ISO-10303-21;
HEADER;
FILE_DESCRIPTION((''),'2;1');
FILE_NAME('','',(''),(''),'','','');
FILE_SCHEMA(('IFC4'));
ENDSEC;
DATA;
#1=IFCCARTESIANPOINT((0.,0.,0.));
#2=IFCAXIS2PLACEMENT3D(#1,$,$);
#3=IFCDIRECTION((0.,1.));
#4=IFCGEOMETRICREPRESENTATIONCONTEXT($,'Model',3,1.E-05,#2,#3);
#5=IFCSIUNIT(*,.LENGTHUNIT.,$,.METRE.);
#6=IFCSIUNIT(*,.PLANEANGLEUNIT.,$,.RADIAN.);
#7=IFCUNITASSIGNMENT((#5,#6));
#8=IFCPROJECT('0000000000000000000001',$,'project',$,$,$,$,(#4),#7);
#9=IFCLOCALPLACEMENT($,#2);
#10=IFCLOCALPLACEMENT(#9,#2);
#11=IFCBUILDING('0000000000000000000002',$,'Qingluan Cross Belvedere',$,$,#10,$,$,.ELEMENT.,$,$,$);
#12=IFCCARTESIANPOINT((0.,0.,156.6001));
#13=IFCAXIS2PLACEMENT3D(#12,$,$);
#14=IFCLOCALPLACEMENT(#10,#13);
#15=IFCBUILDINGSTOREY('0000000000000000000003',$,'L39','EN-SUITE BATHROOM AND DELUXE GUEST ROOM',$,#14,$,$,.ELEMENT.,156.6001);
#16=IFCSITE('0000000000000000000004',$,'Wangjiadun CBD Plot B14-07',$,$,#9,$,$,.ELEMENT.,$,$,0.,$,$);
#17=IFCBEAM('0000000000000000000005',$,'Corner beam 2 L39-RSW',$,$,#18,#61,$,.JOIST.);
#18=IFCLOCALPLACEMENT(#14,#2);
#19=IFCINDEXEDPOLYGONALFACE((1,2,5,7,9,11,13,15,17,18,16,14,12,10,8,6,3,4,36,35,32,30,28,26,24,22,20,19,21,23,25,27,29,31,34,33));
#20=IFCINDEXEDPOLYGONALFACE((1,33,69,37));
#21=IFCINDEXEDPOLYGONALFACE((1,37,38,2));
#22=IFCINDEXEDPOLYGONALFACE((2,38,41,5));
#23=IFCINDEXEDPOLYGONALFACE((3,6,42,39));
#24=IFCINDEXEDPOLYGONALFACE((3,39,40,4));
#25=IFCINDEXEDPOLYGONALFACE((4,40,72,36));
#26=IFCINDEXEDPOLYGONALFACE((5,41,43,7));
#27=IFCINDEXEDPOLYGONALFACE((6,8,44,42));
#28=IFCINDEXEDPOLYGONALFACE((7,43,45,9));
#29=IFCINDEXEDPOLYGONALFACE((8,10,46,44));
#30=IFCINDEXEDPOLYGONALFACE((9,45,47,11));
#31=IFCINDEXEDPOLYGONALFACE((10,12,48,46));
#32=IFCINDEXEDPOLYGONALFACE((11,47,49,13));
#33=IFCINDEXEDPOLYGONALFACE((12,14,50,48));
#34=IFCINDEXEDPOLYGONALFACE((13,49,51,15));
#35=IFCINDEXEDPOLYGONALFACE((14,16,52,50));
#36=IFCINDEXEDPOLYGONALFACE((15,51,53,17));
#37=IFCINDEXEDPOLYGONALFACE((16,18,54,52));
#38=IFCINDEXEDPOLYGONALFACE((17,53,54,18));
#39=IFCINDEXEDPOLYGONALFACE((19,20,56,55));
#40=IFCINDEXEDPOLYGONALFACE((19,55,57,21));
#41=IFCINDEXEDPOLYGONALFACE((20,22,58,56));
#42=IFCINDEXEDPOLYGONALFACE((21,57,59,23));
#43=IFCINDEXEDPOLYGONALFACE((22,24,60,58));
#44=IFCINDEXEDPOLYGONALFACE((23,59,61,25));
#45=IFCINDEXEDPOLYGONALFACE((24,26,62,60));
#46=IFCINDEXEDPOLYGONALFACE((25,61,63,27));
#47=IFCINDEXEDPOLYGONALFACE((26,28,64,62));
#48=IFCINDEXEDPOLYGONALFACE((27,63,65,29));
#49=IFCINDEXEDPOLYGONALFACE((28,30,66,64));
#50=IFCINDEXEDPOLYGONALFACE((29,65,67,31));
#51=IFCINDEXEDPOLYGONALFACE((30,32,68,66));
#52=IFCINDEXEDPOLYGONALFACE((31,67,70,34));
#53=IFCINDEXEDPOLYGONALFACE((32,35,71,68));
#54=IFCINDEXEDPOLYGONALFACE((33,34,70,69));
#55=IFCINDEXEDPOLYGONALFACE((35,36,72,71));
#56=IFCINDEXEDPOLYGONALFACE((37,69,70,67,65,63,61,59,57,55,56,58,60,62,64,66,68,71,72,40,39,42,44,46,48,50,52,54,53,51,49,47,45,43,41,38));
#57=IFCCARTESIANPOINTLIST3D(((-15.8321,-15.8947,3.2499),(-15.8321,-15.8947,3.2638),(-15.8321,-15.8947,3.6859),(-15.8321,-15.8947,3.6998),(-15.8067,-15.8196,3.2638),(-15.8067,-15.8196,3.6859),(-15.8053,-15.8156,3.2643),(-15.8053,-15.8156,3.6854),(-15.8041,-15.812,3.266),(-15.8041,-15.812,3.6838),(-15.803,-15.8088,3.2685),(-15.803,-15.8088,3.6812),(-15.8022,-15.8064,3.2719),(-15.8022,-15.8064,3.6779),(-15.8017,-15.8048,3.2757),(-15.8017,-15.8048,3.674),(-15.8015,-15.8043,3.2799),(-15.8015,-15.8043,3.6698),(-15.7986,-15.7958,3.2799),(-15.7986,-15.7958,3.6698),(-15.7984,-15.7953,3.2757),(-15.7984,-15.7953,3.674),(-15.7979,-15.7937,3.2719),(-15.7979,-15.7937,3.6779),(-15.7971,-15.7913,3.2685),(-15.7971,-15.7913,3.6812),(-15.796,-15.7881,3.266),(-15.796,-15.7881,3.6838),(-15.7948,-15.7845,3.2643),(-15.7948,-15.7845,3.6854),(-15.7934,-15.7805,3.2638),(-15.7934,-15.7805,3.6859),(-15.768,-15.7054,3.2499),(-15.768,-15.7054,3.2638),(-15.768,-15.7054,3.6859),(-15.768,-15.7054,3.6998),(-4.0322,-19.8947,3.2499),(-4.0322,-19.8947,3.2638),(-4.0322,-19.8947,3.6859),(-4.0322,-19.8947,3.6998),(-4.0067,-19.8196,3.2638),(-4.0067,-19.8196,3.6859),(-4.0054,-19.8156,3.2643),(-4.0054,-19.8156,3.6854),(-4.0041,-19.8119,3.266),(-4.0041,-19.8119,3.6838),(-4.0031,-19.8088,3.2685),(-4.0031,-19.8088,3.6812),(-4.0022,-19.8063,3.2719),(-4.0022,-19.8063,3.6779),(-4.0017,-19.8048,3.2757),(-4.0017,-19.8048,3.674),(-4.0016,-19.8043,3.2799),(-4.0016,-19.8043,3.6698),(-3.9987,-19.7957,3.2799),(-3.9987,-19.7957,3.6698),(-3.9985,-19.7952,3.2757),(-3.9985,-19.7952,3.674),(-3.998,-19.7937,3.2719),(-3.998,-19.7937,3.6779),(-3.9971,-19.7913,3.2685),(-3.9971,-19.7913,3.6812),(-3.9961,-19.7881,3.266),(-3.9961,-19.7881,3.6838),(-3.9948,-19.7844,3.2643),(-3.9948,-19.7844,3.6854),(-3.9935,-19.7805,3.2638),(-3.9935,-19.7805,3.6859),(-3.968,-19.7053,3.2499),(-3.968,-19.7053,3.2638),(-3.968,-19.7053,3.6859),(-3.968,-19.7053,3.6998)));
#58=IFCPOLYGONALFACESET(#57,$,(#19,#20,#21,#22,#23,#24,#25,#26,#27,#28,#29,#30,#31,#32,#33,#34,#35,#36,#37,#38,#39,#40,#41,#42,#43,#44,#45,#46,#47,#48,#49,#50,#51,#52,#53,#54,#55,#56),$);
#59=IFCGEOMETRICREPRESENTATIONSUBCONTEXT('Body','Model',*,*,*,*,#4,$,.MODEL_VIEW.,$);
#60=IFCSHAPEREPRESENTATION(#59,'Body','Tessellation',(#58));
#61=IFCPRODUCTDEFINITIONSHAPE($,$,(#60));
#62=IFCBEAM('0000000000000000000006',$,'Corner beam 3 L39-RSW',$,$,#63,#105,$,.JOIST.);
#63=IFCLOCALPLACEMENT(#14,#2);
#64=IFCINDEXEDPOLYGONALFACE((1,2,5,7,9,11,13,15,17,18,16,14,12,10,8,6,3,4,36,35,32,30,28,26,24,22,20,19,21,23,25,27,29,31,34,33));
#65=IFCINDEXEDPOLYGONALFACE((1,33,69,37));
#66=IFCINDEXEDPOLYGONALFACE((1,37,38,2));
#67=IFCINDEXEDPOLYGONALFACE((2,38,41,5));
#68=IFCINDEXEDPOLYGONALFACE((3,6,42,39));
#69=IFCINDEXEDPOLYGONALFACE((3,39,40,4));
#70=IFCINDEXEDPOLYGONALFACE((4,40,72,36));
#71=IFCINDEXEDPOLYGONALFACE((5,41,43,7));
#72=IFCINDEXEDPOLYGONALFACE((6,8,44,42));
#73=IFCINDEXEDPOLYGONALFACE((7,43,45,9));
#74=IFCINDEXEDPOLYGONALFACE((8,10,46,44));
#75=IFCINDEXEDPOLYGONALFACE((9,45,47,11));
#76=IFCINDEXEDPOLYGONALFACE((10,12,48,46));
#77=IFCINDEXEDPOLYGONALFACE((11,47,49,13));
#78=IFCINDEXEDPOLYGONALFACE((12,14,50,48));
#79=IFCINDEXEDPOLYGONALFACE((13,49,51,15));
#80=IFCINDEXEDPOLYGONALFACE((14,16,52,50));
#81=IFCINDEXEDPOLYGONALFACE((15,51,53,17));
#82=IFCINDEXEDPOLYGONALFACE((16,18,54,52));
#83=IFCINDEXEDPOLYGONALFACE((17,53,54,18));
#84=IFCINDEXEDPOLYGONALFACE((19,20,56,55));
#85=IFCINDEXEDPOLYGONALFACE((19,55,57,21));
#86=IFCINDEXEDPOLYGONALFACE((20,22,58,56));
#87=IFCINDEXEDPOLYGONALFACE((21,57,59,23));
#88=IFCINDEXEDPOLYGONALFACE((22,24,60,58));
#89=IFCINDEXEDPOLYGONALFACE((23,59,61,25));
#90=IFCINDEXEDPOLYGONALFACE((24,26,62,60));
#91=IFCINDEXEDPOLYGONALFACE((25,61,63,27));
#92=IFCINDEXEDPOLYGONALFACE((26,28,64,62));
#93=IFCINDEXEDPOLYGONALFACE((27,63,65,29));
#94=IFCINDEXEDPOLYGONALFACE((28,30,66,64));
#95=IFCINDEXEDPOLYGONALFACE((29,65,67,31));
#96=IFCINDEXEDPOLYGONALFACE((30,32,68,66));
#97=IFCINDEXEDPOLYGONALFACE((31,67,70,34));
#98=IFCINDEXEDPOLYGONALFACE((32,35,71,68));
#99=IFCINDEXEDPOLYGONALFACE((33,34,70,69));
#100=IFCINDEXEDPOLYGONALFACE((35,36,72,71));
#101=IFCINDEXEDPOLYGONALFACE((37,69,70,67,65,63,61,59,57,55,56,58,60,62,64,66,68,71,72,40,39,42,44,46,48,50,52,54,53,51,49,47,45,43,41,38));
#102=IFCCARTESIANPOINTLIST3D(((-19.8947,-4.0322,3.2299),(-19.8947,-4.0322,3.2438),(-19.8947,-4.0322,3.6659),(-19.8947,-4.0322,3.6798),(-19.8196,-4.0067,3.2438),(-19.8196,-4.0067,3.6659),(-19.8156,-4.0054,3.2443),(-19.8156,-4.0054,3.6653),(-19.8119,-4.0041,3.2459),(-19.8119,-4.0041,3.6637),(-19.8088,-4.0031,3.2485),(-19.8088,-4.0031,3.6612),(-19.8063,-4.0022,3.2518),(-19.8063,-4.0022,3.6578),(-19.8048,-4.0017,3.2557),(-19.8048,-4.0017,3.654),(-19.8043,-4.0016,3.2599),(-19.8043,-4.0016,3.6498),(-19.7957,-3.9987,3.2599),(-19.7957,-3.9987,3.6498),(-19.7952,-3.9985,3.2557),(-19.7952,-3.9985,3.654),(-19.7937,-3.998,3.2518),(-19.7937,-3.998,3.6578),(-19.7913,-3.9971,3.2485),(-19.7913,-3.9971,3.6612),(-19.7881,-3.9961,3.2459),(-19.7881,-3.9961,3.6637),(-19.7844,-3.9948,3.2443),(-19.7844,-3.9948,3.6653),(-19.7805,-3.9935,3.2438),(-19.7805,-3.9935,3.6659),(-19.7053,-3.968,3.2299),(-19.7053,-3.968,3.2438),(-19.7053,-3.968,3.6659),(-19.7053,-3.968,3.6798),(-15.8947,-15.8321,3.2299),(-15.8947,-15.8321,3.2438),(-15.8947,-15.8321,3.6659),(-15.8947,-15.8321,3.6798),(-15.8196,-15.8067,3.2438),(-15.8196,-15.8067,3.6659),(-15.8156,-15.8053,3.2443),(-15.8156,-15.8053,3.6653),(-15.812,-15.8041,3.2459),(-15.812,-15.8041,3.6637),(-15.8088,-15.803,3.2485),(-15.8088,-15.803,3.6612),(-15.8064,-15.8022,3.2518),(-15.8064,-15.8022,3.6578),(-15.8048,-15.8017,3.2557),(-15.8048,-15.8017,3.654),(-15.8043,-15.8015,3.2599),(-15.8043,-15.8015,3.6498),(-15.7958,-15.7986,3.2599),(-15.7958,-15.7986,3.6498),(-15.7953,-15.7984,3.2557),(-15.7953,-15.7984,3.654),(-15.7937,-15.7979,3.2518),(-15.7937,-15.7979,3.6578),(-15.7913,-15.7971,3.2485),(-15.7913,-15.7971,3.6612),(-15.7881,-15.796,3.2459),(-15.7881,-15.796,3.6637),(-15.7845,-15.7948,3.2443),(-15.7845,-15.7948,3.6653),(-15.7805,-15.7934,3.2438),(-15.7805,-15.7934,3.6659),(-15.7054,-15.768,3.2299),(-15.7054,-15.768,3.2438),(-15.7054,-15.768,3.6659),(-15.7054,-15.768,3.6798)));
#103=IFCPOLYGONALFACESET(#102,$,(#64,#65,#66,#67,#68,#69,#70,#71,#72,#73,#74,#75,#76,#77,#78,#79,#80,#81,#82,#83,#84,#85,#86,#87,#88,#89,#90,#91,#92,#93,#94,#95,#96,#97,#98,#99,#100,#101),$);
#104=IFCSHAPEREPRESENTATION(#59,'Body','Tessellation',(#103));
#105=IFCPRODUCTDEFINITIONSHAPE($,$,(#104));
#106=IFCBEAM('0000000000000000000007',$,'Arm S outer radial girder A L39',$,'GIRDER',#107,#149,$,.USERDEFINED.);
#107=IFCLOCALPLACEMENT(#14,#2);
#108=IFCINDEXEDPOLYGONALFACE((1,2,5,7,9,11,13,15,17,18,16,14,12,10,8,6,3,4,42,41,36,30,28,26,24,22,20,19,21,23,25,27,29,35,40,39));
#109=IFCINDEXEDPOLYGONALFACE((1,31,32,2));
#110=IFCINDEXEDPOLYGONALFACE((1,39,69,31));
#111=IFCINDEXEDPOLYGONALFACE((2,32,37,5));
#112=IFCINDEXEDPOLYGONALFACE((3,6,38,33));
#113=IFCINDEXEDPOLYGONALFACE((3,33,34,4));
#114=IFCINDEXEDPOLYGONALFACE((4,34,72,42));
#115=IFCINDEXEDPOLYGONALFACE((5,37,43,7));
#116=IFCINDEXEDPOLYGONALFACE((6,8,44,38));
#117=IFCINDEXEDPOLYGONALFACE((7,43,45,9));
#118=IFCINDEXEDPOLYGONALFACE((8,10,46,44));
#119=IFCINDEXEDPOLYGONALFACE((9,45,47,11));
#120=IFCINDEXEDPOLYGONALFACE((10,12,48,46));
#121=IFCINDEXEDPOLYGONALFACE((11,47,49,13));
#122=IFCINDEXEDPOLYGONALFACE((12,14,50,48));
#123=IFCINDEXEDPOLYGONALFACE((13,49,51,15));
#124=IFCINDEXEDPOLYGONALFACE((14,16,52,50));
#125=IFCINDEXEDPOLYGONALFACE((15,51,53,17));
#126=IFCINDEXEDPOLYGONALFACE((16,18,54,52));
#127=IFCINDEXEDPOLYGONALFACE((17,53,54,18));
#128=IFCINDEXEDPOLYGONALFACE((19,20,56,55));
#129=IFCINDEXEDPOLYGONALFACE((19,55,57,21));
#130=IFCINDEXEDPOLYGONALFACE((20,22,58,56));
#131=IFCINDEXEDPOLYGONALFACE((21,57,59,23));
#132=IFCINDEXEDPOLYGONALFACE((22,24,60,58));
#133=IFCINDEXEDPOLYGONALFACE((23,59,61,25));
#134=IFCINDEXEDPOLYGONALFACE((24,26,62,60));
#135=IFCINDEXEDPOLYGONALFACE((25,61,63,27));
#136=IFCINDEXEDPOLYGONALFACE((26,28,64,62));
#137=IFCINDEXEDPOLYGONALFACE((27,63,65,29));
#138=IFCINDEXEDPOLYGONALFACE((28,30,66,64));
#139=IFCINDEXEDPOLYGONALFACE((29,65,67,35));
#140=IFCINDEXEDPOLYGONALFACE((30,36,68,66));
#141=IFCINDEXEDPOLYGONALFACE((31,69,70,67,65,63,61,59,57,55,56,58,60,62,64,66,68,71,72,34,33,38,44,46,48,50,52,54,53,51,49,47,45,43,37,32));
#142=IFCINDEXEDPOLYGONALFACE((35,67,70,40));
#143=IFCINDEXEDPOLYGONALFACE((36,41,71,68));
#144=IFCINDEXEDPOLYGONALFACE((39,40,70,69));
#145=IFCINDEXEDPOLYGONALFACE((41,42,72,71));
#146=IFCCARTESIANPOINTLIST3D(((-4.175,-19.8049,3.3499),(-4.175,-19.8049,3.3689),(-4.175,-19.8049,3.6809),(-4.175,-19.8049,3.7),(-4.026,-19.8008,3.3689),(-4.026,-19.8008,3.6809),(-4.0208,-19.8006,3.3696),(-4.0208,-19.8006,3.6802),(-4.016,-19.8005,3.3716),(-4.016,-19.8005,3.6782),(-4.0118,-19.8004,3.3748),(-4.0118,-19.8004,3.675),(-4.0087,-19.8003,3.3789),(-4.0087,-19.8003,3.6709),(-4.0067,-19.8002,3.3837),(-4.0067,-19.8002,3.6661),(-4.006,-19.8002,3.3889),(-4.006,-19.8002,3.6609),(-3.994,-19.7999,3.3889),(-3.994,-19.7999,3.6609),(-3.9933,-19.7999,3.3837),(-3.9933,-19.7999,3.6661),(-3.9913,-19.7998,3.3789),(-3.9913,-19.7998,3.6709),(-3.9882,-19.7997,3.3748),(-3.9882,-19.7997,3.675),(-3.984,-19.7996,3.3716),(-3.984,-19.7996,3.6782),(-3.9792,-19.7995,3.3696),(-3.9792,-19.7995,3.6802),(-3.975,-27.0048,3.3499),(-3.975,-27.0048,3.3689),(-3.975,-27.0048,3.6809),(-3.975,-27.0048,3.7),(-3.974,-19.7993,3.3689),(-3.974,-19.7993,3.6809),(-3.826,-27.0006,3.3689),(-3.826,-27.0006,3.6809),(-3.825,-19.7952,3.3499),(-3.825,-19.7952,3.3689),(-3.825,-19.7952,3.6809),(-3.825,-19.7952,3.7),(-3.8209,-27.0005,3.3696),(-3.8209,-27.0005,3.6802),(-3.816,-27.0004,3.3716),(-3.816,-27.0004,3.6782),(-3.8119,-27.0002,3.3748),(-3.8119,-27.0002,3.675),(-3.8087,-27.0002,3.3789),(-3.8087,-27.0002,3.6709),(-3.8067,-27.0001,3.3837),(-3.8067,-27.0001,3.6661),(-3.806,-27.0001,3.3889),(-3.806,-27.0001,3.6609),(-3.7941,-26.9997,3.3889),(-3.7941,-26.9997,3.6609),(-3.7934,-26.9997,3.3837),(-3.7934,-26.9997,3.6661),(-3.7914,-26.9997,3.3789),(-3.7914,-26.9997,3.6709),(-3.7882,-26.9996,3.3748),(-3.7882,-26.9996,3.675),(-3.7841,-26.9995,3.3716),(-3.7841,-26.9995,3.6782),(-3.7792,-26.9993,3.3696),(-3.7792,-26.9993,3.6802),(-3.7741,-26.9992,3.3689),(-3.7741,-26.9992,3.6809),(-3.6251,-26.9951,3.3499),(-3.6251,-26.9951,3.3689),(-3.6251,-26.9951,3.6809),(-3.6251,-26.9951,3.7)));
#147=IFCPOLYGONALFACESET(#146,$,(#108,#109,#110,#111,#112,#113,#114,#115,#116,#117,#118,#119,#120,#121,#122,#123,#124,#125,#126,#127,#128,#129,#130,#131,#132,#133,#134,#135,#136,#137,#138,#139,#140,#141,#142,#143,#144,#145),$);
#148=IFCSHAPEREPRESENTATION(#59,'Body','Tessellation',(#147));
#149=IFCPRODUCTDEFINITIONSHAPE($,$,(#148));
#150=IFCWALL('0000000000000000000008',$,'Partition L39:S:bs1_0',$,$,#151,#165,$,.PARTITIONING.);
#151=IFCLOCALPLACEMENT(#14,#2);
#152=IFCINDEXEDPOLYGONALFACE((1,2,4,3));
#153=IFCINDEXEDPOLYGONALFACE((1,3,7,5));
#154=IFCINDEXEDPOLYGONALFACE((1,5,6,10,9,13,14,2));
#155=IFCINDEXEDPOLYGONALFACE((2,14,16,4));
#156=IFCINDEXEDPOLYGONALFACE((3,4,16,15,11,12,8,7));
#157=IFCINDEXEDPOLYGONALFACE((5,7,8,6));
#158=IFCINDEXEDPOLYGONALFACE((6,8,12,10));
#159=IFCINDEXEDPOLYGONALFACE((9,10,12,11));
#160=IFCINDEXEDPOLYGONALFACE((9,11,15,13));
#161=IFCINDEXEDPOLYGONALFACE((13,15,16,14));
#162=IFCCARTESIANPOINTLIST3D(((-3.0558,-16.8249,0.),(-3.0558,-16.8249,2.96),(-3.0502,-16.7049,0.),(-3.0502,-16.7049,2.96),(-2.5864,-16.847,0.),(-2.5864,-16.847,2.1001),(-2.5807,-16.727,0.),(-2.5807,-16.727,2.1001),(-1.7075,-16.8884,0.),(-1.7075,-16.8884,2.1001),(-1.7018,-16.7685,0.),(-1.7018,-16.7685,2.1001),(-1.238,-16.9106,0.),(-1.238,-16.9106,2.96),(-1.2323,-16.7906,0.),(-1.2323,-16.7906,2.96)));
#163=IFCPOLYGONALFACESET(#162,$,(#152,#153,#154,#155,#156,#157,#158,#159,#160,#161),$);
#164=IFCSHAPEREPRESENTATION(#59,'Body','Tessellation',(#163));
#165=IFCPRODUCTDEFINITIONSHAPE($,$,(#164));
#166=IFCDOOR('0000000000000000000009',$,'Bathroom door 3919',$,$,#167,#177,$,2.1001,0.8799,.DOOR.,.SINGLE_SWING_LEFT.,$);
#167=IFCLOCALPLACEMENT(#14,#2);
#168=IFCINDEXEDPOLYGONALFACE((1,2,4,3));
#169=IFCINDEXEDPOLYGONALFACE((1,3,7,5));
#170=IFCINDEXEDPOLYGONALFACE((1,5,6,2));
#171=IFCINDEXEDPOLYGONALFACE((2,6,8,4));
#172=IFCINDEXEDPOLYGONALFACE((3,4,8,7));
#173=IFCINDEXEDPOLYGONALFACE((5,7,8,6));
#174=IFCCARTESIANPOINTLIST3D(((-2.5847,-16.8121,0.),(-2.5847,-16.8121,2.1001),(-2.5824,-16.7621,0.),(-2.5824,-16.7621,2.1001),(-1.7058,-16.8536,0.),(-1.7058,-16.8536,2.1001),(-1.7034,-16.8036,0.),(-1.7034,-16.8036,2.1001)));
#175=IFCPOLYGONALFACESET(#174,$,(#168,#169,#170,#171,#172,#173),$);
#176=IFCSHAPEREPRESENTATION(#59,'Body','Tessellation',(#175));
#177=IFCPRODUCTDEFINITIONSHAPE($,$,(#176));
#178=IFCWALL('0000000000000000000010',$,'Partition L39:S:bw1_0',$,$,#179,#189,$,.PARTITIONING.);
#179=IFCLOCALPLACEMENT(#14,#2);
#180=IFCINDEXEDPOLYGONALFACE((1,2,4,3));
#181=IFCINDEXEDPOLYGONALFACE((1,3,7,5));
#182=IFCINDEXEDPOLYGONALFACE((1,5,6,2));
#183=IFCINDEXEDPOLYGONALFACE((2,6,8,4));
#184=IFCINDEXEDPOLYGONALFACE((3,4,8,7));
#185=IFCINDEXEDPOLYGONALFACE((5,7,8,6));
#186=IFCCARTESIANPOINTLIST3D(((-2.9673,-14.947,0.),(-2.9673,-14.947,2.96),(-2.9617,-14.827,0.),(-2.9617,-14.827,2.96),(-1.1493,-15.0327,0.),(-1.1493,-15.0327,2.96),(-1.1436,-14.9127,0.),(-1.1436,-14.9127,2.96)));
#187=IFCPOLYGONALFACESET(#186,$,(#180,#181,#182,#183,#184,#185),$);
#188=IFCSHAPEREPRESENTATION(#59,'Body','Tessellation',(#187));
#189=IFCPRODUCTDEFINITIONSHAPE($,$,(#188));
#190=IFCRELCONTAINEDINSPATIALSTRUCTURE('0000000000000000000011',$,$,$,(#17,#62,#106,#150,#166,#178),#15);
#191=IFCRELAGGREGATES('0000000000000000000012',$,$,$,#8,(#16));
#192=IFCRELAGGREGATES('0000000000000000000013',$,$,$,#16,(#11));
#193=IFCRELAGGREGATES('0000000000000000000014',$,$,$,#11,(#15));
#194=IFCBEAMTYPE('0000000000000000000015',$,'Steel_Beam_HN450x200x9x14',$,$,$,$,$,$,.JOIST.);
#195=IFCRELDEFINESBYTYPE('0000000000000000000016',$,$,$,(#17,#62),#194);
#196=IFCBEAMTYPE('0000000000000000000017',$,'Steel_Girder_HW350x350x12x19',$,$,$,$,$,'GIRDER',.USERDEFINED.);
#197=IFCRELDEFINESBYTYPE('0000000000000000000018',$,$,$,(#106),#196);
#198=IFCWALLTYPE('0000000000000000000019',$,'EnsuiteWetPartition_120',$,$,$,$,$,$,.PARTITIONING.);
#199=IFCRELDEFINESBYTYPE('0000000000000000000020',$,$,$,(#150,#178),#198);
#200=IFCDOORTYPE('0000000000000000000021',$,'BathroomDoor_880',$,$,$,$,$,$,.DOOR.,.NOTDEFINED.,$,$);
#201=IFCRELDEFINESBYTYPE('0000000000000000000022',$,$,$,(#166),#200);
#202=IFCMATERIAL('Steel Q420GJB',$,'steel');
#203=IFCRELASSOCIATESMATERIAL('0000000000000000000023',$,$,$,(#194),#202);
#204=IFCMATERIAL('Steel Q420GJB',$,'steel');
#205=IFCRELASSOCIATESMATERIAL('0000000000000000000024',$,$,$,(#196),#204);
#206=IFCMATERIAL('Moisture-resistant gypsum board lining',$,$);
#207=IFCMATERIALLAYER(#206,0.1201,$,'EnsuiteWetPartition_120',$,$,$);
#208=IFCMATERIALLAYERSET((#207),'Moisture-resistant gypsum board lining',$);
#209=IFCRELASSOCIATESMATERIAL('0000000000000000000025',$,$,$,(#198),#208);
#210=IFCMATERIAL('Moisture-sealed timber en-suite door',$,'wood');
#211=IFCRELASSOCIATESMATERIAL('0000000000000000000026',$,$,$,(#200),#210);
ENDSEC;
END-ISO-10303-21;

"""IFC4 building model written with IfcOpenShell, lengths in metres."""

from ifc_helpers import new_model, si_unit, direction, frame, frame_2d, origin, origin_2d, place, context, subcontext, project, spatial, rectangle, i_section, extrude, material, layer, layer_set, material_profile, profile_set, type_object, element, fill, save


model = new_model("IFC4")

# Units and contexts
model_context = context("Model", 3, precision=1e-05, world=origin(), true_north=direction((0.0, 1.0)))
body_context = subcontext(model_context, "Body", "Model", "MODEL_VIEW")
ifc_project = project(units=[si_unit("LENGTHUNIT", "METRE"), si_unit("PLANEANGLEUNIT", "RADIAN")], contexts=[model_context])

# Site, building, storey
site_placement = place(None, origin())
site = spatial("IfcSite", under=ifc_project, at=site_placement, Name="Wangjiadun CBD Plot B14-07", CompositionType="ELEMENT", RefElevation=0.0)
building_placement = place(site_placement, origin())
building = spatial("IfcBuilding", under=site, at=building_placement, Name="Qingluan Cross Belvedere", CompositionType="ELEMENT")
storey_placement = place(building_placement, frame((0.0, 0.0, 156.6001)))
storey = spatial("IfcBuildingStorey", under=building, at=storey_placement, Name="L39", Description="EN-SUITE BATHROOM AND DELUXE GUEST ROOM", CompositionType="ELEMENT", Elevation=156.6001)

# Beams
ifc_material_1 = material(Name="Steel Q420GJB", Category="steel")
ifc_material_profile_1 = material_profile(ifc_material_1, i_section(OverallWidth=0.2, OverallDepth=0.45, WebThickness=0.009, FlangeThickness=0.0139, FilletRadius=0.0161, at=origin_2d()), Name="HN450x200x9x14")
ifc_profile_set_1 = profile_set([ifc_material_profile_1], Name="Steel Q420GJB")
beam_type_1 = type_object("IfcBeamType", Name="Steel_Beam_HN450x200x9x14", PredefinedType="JOIST", material=ifc_profile_set_1)
for number, where, z_axis, x_axis, name in (
    (1, (-15.8, -15.8, 3.4749), (0.947066, -0.321038, 0.0), (0.321038, 0.947066, 0.0), "Corner beam 2 L39-RSW"),
    (2, (-15.8, -15.8, 3.4548), (-0.321038, 0.947066, 0.0), (-0.947066, -0.321038, 0.0), "Corner beam 3 L39-RSW"),
):
    element("IfcBeam", number, at=place(storey_placement, frame(where, z_axis=z_axis, x_axis=x_axis)), inside=storey, type_object=beam_type_1, Name=name, PredefinedType="JOIST", context=body_context, shape_type="SweptSolid", body=[
        extrude(i_section(OverallWidth=0.2, OverallDepth=0.45, WebThickness=0.009, FlangeThickness=0.0139, FilletRadius=0.0161, at=origin_2d()), origin(), (0.0, 0.0, 1.0), 12.4595),
    ])
ifc_material_2 = material(Name="Steel Q420GJB", Category="steel")
ifc_material_profile_2 = material_profile(ifc_material_2, i_section(OverallWidth=0.3501, OverallDepth=0.3501, WebThickness=0.012, FlangeThickness=0.019, FilletRadius=0.02, at=origin_2d()), Name="HW350x350x12x19")
ifc_profile_set_2 = profile_set([ifc_material_profile_2], Name="Steel Q420GJB")
beam_type_2 = type_object("IfcBeamType", Name="Steel_Girder_HW350x350x12x19", ElementType="GIRDER", PredefinedType="USERDEFINED", material=ifc_profile_set_2)
beam_1_placement = place(storey_placement, frame((-4.0, -19.8, 3.5249), z_axis=(0.02776, -0.999615, 0.0), x_axis=(0.999615, 0.02776, 0.0)))
element("IfcBeam", 3, at=beam_1_placement, inside=storey, type_object=beam_type_2, Name="Arm S outer radial girder A L39", ObjectType="GIRDER", PredefinedType="USERDEFINED", context=body_context, shape_type="SweptSolid", body=[
    extrude(i_section(OverallWidth=0.3501, OverallDepth=0.3501, WebThickness=0.012, FlangeThickness=0.019, FilletRadius=0.02, at=origin_2d()), origin(), (0.0, 0.0, 1.0), 7.2026),
])

# Wall, opening, door
ifc_material_3 = material(Name="Moisture-resistant gypsum board lining")
ifc_layer_1 = layer(ifc_material_3, 0.1201, Name="EnsuiteWetPartition_120")
ifc_layer_set_1 = layer_set([ifc_layer_1], Name="Moisture-resistant gypsum board lining")
wall_type_1 = type_object("IfcWallType", Name="EnsuiteWetPartition_120", PredefinedType="PARTITIONING", material=ifc_layer_set_1)
wall_1_placement = place(storey_placement, frame((-3.053, -16.7649, 0.0), z_axis=(0.0, 0.0, 1.0), x_axis=(0.998891, -0.047087, 0.0)))
wall_1 = element("IfcWall", 4, at=wall_1_placement, inside=storey, type_object=wall_type_1, Name="Partition L39:S:bs1_0", PredefinedType="PARTITIONING", context=body_context, shape_type="SweptSolid", body=[
    extrude(rectangle(XDim=1.8198, YDim=0.1201, at=frame_2d((0.9099, 0.0))), origin(), (0.0, 0.0, 1.0), 2.96),
])
opening_1_placement = place(wall_1_placement, frame((0.47, 0.0, 0.0)))
opening_1 = element("IfcOpeningElement", 5, at=opening_1_placement, cuts=wall_1, PredefinedType="OPENING", context=body_context, shape_type="SweptSolid", body=[
    extrude(rectangle(XDim=0.8799, YDim=2.1001, at=frame_2d((0.4399, 1.05))), frame((0.0, 0.0701, 0.0), z_axis=(0.0, -1.0, 0.0), x_axis=(1.0, 0.0, 0.0)), (0.0, 0.0, 1.0), 0.1401),
])
ifc_material_4 = material(Name="Moisture-sealed timber en-suite door", Category="wood")
door_type = type_object("IfcDoorType", Name="BathroomDoor_880", OperationType="NOTDEFINED", PredefinedType="DOOR", material=ifc_material_4)
door_1_placement = place(opening_1_placement, origin())
door_1 = element("IfcDoor", 6, at=door_1_placement, inside=storey, type_object=door_type, Name="Bathroom door 3919", OperationType="SINGLE_SWING_LEFT", OverallHeight=2.1001, OverallWidth=0.8799, PredefinedType="DOOR", context=body_context, shape_type="SweptSolid", body=[
    extrude(rectangle(XDim=0.8799, YDim=2.1001, at=frame_2d((0.4399, 1.05))), frame((0.0, 0.0249, 0.0), z_axis=(0.0, -1.0, 0.0), x_axis=(1.0, 0.0, 0.0)), (0.0, 0.0, 1.0), 0.05),
])
fill(opening_1, door_1)

# Wall
wall_2_placement = place(storey_placement, frame((-2.9646, -14.887, 0.0), z_axis=(0.0, 0.0, 1.0), x_axis=(0.998891, -0.047081, 0.0)))
element("IfcWall", 7, at=wall_2_placement, inside=storey, type_object=wall_type_1, Name="Partition L39:S:bw1_0", PredefinedType="PARTITIONING", context=body_context, shape_type="SweptSolid", body=[
    extrude(rectangle(XDim=1.8201, YDim=0.1201, at=frame_2d((0.9102, 0.0))), origin(), (0.0, 0.0, 1.0), 2.96),
])

save(model, "model.ifc")
